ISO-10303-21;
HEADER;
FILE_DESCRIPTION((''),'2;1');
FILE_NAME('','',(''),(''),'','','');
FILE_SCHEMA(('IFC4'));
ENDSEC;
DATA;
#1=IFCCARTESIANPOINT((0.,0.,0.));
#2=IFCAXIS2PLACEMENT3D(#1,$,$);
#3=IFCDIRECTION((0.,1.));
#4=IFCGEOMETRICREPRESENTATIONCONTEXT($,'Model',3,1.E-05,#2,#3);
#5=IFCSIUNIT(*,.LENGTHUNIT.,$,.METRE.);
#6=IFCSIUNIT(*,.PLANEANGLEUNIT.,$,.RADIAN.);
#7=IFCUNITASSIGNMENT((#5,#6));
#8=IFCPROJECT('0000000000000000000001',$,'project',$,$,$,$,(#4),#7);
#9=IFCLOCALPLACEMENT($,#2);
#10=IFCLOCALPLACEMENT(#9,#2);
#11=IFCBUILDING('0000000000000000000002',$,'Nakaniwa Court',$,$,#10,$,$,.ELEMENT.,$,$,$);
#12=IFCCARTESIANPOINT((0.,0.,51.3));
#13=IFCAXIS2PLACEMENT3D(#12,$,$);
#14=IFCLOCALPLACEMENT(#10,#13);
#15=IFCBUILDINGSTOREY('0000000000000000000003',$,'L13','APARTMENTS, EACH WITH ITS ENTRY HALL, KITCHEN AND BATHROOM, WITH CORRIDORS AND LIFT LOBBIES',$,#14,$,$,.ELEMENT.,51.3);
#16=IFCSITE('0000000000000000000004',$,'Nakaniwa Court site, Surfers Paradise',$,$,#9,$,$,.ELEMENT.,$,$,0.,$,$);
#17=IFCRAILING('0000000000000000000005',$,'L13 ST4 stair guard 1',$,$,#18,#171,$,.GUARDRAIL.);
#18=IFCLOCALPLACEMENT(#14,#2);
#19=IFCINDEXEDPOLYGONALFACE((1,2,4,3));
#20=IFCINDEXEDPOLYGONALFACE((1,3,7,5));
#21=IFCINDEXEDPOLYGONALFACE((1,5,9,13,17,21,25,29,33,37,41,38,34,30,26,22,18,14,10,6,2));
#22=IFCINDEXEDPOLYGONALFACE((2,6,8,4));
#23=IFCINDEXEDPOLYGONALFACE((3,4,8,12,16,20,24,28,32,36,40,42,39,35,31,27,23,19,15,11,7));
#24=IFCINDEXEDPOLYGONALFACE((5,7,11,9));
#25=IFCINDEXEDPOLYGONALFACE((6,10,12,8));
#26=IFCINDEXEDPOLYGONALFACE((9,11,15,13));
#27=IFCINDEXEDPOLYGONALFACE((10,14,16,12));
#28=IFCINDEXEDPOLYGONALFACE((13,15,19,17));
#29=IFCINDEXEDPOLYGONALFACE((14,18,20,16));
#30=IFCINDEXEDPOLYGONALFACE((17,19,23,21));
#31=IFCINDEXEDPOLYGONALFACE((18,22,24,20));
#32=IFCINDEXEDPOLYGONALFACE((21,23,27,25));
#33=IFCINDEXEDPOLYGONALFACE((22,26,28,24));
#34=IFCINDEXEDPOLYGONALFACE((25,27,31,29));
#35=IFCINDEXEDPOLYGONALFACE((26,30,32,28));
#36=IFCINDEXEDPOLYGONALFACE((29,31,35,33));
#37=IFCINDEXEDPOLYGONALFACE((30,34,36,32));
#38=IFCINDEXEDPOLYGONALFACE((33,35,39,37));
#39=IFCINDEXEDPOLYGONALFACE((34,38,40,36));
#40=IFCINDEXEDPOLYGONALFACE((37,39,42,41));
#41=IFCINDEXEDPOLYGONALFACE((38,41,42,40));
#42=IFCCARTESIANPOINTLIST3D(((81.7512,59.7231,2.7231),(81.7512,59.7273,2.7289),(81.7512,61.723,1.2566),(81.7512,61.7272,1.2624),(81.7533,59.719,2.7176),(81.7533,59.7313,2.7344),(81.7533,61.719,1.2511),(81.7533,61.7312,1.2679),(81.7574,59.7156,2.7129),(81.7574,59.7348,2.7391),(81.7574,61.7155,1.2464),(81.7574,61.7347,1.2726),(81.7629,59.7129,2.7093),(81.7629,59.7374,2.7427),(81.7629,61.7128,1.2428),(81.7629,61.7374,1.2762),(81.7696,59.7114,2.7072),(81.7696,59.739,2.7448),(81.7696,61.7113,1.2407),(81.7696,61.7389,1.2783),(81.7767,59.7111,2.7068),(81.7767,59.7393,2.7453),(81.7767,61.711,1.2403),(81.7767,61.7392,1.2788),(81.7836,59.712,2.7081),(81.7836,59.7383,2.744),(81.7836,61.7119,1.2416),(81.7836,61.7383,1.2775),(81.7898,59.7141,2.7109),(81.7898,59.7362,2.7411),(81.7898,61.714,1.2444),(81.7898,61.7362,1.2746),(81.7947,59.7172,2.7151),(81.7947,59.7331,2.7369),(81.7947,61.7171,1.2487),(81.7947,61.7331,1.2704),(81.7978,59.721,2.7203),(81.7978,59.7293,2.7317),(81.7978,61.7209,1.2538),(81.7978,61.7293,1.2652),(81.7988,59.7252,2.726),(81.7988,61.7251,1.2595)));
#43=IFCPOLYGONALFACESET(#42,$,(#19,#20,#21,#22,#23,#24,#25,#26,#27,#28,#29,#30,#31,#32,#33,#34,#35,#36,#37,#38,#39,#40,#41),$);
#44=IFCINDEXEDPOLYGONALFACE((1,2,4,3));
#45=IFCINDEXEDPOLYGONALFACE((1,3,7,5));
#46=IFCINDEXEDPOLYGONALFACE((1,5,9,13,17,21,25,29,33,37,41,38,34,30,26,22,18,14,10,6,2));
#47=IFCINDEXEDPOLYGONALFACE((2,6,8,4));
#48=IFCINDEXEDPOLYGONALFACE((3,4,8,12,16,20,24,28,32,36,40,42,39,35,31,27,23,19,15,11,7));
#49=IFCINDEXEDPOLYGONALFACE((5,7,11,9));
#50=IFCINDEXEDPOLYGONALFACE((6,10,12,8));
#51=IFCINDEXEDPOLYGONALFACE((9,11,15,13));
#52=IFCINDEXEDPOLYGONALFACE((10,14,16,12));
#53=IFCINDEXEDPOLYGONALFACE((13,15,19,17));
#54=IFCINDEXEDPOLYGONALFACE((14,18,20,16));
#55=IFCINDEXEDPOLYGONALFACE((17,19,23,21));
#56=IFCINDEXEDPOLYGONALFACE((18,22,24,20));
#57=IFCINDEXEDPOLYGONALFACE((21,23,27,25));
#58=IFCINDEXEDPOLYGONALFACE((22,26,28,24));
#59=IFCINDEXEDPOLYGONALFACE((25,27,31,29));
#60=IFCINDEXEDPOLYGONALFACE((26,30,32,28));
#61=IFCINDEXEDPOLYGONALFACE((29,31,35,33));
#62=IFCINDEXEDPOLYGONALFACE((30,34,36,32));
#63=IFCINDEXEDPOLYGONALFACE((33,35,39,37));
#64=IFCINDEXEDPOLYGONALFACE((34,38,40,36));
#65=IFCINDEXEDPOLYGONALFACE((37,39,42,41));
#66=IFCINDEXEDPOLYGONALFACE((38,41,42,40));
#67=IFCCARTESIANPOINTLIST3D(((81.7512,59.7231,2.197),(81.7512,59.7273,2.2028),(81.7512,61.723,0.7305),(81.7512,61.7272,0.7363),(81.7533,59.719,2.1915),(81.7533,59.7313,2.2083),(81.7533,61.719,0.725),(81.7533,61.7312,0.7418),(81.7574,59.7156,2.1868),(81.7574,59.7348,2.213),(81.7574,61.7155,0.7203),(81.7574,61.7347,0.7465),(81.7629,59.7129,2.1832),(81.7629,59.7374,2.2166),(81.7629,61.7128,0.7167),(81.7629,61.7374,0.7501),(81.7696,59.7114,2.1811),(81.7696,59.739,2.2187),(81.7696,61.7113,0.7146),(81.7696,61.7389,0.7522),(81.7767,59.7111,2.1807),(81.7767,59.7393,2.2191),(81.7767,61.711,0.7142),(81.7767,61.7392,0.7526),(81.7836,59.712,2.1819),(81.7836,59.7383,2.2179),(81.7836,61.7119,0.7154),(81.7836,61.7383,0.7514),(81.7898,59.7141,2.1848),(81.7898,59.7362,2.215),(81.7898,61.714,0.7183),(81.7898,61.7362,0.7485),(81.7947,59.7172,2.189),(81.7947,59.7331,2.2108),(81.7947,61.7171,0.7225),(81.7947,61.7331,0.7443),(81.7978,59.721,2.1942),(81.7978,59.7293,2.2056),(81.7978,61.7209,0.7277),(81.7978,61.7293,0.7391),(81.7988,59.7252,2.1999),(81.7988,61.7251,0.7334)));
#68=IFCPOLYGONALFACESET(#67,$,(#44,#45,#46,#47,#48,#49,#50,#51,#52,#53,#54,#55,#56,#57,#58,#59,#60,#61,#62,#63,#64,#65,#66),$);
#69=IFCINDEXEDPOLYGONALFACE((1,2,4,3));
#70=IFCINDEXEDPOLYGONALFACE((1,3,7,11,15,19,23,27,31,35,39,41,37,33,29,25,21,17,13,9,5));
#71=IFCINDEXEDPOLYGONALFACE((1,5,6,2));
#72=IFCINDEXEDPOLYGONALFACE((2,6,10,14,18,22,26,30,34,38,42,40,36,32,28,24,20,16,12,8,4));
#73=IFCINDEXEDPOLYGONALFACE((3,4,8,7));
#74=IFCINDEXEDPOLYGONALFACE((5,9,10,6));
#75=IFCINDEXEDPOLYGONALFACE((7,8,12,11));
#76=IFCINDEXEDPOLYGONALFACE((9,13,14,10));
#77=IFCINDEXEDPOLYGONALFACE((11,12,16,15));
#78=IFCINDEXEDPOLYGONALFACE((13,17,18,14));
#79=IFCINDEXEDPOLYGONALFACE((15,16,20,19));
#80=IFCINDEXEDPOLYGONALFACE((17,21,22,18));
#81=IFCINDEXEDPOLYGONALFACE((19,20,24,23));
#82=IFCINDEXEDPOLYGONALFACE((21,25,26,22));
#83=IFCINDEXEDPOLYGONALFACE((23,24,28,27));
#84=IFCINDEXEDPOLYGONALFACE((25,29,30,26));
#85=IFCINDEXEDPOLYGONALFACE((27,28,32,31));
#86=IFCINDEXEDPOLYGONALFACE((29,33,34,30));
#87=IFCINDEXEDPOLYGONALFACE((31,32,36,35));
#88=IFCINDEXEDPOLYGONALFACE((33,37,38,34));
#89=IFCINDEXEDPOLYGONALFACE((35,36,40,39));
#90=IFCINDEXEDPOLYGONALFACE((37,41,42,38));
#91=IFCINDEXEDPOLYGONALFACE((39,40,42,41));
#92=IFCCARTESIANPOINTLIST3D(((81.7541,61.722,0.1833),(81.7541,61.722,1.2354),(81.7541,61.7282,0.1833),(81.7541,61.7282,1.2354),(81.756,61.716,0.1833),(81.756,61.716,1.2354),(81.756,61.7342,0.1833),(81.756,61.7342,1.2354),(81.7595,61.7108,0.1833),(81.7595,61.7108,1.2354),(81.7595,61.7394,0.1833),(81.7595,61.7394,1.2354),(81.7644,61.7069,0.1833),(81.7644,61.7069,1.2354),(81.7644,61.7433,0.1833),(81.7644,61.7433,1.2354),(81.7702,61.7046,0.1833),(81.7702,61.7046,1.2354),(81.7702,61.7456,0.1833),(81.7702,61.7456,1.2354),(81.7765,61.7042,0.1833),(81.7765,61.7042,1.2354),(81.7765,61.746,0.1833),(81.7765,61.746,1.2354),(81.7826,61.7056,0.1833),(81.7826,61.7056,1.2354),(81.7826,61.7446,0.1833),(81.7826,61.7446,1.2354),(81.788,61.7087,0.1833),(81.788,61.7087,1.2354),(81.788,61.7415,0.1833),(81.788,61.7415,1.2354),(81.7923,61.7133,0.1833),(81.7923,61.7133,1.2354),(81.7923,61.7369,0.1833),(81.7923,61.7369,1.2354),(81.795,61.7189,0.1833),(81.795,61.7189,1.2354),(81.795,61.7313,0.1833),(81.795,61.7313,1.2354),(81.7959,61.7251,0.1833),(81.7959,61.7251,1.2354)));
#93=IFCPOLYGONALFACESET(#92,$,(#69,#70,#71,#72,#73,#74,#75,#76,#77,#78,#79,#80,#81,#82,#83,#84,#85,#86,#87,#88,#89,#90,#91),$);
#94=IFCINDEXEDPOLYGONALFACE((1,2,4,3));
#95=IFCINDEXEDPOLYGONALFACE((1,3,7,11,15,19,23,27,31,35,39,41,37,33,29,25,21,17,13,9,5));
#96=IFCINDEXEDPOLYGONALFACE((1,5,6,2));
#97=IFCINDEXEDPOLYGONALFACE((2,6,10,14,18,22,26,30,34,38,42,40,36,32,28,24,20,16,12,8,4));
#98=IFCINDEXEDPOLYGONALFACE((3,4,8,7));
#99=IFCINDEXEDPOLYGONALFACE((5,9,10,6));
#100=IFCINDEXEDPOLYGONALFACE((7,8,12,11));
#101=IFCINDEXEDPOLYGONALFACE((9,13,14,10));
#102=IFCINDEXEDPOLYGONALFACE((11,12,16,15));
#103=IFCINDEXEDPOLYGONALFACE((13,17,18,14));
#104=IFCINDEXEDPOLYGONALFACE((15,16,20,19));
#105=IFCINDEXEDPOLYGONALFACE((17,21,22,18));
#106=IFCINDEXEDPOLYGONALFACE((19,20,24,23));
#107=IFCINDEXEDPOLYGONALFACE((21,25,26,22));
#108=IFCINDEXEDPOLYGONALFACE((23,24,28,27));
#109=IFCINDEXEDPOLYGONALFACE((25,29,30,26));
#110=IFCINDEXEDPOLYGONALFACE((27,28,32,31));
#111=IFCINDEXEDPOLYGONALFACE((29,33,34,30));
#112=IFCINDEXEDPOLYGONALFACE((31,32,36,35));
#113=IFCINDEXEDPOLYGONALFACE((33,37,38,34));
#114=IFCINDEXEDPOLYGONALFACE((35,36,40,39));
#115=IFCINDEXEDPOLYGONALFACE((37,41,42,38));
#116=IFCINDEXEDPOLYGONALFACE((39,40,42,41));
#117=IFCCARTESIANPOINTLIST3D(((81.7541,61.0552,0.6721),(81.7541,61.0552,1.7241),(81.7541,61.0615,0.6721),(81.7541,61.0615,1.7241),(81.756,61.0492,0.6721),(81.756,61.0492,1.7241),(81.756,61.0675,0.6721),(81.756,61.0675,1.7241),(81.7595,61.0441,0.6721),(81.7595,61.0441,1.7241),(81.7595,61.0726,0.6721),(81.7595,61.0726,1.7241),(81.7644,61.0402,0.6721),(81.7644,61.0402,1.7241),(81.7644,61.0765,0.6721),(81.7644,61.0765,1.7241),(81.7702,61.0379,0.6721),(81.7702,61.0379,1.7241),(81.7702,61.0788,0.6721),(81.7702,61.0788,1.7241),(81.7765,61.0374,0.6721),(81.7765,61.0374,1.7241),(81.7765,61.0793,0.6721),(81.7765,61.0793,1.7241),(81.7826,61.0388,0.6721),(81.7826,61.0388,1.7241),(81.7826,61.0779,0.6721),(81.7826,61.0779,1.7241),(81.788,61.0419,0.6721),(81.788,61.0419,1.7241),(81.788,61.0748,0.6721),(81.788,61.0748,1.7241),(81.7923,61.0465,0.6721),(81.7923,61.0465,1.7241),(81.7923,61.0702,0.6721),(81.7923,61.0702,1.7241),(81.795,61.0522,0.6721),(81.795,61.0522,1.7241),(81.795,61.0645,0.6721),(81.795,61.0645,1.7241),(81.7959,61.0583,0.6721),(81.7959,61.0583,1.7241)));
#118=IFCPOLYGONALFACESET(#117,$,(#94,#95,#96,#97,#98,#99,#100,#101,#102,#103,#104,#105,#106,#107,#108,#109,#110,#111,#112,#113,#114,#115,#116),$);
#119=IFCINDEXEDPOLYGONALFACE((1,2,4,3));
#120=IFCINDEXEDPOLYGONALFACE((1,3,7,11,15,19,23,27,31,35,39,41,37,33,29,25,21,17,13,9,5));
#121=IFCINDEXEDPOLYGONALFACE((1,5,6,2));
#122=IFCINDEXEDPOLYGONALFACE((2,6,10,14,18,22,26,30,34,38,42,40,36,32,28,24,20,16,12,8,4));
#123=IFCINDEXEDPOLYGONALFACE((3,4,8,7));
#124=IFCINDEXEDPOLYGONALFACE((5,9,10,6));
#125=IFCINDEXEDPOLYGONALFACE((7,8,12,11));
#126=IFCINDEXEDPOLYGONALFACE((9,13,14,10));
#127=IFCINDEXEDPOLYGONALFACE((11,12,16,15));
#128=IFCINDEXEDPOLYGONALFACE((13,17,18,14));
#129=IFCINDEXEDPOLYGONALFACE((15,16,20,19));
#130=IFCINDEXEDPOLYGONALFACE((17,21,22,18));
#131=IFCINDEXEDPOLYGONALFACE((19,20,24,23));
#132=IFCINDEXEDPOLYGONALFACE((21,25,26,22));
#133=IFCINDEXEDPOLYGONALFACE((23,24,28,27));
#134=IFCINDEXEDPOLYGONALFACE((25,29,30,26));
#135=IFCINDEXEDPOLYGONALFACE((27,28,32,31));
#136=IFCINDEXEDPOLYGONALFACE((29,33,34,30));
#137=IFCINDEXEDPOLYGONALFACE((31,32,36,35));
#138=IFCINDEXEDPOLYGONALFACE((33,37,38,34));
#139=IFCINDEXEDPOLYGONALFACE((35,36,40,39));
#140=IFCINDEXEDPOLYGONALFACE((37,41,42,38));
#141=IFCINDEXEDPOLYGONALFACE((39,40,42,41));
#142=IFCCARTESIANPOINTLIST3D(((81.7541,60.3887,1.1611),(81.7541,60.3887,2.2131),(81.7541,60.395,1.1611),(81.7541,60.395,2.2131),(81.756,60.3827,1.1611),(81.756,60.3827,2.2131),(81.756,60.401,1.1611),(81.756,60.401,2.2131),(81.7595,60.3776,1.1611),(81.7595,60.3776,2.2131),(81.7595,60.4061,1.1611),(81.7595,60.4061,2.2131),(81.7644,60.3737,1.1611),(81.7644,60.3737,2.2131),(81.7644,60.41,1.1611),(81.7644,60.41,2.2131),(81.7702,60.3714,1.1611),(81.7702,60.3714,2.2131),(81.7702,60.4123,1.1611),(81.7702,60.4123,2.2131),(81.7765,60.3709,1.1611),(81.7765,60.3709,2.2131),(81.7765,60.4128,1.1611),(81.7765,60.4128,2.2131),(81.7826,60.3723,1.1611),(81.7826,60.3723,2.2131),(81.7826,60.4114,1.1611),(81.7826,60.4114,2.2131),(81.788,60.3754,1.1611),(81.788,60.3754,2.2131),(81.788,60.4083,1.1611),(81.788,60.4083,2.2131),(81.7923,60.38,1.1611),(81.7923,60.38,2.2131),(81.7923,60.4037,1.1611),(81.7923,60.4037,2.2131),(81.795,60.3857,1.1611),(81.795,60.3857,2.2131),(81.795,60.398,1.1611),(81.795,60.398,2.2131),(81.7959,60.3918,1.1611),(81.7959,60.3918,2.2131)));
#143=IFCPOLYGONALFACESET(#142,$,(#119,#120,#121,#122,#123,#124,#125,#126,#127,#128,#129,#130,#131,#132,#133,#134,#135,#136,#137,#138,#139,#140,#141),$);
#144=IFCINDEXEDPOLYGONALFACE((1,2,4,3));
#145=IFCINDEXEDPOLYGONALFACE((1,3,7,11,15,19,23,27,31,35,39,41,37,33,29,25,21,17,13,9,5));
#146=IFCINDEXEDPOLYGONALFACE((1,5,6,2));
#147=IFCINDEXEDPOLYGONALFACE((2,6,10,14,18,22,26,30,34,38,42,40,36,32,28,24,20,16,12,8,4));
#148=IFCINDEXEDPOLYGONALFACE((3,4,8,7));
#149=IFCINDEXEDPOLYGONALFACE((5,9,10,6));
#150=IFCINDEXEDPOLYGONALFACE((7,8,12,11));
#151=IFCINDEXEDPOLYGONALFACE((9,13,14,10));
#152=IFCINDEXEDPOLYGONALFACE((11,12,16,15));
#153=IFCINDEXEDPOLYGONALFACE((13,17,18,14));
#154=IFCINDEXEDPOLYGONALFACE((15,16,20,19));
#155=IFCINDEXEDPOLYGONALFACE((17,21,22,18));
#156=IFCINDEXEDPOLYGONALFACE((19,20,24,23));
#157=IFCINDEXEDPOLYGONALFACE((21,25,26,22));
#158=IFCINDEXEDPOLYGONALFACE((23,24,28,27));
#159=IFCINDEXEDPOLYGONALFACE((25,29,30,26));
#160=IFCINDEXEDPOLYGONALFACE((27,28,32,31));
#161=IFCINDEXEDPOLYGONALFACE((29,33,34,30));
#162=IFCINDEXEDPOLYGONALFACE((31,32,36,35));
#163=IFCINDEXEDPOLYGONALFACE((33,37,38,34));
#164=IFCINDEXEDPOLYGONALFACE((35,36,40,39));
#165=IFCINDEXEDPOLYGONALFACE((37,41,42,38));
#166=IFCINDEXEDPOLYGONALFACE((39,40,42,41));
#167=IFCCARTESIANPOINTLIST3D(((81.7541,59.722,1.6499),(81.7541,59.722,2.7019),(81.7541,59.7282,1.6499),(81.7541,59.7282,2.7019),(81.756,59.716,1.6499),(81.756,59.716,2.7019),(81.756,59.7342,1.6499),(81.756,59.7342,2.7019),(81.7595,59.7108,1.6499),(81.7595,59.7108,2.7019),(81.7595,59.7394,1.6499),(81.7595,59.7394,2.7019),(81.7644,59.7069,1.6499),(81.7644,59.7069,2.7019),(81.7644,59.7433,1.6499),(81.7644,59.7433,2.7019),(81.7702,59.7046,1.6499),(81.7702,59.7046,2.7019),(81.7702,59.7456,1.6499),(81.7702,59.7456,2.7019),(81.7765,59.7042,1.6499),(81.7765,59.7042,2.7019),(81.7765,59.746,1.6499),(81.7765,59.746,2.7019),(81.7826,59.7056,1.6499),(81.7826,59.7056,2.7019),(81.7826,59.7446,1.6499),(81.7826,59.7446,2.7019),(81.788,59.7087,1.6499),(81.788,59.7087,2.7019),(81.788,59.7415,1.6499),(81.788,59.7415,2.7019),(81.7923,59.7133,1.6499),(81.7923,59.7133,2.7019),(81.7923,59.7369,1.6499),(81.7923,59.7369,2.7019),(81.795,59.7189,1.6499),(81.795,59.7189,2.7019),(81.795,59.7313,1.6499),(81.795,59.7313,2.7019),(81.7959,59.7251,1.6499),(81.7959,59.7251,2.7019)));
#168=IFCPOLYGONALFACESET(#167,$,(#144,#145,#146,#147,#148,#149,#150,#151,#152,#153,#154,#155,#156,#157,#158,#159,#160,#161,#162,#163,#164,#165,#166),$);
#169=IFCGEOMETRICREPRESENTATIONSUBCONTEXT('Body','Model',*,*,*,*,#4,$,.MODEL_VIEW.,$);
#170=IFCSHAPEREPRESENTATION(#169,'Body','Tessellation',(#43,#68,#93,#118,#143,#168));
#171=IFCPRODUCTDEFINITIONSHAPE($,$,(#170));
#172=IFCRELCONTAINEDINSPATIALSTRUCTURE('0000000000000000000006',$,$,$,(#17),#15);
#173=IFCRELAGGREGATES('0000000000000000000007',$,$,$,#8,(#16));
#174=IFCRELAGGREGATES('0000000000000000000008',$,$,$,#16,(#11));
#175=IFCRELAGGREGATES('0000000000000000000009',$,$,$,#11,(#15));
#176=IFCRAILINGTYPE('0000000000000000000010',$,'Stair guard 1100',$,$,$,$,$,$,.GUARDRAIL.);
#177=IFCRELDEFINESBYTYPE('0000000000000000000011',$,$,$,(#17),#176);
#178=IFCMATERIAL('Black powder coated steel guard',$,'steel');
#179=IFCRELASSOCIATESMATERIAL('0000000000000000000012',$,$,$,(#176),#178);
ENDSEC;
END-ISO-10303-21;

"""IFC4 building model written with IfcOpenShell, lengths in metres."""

from ifc_helpers import new_model, si_unit, direction, frame, origin, origin_2d, place, context, subcontext, project, spatial, circle, extrude, material, type_object, element, save


model = new_model("IFC4")

# Units and contexts
model_context = context("Model", 3, precision=1e-05, world=origin(), true_north=direction((0.0, 1.0)))
body_context = subcontext(model_context, "Body", "Model", "MODEL_VIEW")
ifc_project = project(units=[si_unit("LENGTHUNIT", "METRE"), si_unit("PLANEANGLEUNIT", "RADIAN")], contexts=[model_context])

# Site, building, storey
site_placement = place(None, origin())
site = spatial("IfcSite", under=ifc_project, at=site_placement, Name="Nakaniwa Court site, Surfers Paradise", CompositionType="ELEMENT", RefElevation=0.0)
building_placement = place(site_placement, origin())
building = spatial("IfcBuilding", under=site, at=building_placement, Name="Nakaniwa Court", CompositionType="ELEMENT")
storey_placement = place(building_placement, frame((0.0, 0.0, 51.3)))
storey = spatial("IfcBuildingStorey", under=building, at=storey_placement, Name="L13", Description="APARTMENTS, EACH WITH ITS ENTRY HALL, KITCHEN AND BATHROOM, WITH CORRIDORS AND LIFT LOBBIES", CompositionType="ELEMENT", Elevation=51.3)

# Railing
ifc_material_1 = material(Name="Black powder coated steel guard", Category="steel")
railing_type_1 = type_object("IfcRailingType", Name="Stair guard 1100", PredefinedType="GUARDRAIL", material=ifc_material_1)
railing_1_placement = place(storey_placement, frame((81.7749, 61.7251, 0.1833)))
element("IfcRailing", 1, at=railing_1_placement, inside=storey, type_object=railing_type_1, Name="L13 ST4 stair guard 1", PredefinedType="GUARDRAIL", context=body_context, shape_type="SweptSolid", body=[
    extrude(circle(Radius=0.0239, at=origin_2d()), frame((0.0, 0.0, 1.0762), z_axis=(0.0, -0.806427, 0.591334), x_axis=(1.0, 0.0, 0.0)), (0.0, 0.0, 1.0), 2.48),
    extrude(circle(Radius=0.0239, at=origin_2d()), frame((0.0, 0.0, 0.55), z_axis=(0.0, -0.806427, 0.591334), x_axis=(1.0, 0.0, 0.0)), (0.0, 0.0, 1.0), 2.48),
    extrude(circle(Radius=0.021, at=origin_2d()), origin(), (0.0, 0.0, 1.0), 1.052),
    extrude(circle(Radius=0.021, at=origin_2d()), frame((0.0, -0.6667, 0.4888)), (0.0, 0.0, 1.0), 1.052),
    extrude(circle(Radius=0.021, at=origin_2d()), frame((0.0, -1.3333, 0.9778)), (0.0, 0.0, 1.0), 1.052),
    extrude(circle(Radius=0.021, at=origin_2d()), frame((0.0, -2.0, 1.4666)), (0.0, 0.0, 1.0), 1.052),
])

save(model, "model.ifc")
